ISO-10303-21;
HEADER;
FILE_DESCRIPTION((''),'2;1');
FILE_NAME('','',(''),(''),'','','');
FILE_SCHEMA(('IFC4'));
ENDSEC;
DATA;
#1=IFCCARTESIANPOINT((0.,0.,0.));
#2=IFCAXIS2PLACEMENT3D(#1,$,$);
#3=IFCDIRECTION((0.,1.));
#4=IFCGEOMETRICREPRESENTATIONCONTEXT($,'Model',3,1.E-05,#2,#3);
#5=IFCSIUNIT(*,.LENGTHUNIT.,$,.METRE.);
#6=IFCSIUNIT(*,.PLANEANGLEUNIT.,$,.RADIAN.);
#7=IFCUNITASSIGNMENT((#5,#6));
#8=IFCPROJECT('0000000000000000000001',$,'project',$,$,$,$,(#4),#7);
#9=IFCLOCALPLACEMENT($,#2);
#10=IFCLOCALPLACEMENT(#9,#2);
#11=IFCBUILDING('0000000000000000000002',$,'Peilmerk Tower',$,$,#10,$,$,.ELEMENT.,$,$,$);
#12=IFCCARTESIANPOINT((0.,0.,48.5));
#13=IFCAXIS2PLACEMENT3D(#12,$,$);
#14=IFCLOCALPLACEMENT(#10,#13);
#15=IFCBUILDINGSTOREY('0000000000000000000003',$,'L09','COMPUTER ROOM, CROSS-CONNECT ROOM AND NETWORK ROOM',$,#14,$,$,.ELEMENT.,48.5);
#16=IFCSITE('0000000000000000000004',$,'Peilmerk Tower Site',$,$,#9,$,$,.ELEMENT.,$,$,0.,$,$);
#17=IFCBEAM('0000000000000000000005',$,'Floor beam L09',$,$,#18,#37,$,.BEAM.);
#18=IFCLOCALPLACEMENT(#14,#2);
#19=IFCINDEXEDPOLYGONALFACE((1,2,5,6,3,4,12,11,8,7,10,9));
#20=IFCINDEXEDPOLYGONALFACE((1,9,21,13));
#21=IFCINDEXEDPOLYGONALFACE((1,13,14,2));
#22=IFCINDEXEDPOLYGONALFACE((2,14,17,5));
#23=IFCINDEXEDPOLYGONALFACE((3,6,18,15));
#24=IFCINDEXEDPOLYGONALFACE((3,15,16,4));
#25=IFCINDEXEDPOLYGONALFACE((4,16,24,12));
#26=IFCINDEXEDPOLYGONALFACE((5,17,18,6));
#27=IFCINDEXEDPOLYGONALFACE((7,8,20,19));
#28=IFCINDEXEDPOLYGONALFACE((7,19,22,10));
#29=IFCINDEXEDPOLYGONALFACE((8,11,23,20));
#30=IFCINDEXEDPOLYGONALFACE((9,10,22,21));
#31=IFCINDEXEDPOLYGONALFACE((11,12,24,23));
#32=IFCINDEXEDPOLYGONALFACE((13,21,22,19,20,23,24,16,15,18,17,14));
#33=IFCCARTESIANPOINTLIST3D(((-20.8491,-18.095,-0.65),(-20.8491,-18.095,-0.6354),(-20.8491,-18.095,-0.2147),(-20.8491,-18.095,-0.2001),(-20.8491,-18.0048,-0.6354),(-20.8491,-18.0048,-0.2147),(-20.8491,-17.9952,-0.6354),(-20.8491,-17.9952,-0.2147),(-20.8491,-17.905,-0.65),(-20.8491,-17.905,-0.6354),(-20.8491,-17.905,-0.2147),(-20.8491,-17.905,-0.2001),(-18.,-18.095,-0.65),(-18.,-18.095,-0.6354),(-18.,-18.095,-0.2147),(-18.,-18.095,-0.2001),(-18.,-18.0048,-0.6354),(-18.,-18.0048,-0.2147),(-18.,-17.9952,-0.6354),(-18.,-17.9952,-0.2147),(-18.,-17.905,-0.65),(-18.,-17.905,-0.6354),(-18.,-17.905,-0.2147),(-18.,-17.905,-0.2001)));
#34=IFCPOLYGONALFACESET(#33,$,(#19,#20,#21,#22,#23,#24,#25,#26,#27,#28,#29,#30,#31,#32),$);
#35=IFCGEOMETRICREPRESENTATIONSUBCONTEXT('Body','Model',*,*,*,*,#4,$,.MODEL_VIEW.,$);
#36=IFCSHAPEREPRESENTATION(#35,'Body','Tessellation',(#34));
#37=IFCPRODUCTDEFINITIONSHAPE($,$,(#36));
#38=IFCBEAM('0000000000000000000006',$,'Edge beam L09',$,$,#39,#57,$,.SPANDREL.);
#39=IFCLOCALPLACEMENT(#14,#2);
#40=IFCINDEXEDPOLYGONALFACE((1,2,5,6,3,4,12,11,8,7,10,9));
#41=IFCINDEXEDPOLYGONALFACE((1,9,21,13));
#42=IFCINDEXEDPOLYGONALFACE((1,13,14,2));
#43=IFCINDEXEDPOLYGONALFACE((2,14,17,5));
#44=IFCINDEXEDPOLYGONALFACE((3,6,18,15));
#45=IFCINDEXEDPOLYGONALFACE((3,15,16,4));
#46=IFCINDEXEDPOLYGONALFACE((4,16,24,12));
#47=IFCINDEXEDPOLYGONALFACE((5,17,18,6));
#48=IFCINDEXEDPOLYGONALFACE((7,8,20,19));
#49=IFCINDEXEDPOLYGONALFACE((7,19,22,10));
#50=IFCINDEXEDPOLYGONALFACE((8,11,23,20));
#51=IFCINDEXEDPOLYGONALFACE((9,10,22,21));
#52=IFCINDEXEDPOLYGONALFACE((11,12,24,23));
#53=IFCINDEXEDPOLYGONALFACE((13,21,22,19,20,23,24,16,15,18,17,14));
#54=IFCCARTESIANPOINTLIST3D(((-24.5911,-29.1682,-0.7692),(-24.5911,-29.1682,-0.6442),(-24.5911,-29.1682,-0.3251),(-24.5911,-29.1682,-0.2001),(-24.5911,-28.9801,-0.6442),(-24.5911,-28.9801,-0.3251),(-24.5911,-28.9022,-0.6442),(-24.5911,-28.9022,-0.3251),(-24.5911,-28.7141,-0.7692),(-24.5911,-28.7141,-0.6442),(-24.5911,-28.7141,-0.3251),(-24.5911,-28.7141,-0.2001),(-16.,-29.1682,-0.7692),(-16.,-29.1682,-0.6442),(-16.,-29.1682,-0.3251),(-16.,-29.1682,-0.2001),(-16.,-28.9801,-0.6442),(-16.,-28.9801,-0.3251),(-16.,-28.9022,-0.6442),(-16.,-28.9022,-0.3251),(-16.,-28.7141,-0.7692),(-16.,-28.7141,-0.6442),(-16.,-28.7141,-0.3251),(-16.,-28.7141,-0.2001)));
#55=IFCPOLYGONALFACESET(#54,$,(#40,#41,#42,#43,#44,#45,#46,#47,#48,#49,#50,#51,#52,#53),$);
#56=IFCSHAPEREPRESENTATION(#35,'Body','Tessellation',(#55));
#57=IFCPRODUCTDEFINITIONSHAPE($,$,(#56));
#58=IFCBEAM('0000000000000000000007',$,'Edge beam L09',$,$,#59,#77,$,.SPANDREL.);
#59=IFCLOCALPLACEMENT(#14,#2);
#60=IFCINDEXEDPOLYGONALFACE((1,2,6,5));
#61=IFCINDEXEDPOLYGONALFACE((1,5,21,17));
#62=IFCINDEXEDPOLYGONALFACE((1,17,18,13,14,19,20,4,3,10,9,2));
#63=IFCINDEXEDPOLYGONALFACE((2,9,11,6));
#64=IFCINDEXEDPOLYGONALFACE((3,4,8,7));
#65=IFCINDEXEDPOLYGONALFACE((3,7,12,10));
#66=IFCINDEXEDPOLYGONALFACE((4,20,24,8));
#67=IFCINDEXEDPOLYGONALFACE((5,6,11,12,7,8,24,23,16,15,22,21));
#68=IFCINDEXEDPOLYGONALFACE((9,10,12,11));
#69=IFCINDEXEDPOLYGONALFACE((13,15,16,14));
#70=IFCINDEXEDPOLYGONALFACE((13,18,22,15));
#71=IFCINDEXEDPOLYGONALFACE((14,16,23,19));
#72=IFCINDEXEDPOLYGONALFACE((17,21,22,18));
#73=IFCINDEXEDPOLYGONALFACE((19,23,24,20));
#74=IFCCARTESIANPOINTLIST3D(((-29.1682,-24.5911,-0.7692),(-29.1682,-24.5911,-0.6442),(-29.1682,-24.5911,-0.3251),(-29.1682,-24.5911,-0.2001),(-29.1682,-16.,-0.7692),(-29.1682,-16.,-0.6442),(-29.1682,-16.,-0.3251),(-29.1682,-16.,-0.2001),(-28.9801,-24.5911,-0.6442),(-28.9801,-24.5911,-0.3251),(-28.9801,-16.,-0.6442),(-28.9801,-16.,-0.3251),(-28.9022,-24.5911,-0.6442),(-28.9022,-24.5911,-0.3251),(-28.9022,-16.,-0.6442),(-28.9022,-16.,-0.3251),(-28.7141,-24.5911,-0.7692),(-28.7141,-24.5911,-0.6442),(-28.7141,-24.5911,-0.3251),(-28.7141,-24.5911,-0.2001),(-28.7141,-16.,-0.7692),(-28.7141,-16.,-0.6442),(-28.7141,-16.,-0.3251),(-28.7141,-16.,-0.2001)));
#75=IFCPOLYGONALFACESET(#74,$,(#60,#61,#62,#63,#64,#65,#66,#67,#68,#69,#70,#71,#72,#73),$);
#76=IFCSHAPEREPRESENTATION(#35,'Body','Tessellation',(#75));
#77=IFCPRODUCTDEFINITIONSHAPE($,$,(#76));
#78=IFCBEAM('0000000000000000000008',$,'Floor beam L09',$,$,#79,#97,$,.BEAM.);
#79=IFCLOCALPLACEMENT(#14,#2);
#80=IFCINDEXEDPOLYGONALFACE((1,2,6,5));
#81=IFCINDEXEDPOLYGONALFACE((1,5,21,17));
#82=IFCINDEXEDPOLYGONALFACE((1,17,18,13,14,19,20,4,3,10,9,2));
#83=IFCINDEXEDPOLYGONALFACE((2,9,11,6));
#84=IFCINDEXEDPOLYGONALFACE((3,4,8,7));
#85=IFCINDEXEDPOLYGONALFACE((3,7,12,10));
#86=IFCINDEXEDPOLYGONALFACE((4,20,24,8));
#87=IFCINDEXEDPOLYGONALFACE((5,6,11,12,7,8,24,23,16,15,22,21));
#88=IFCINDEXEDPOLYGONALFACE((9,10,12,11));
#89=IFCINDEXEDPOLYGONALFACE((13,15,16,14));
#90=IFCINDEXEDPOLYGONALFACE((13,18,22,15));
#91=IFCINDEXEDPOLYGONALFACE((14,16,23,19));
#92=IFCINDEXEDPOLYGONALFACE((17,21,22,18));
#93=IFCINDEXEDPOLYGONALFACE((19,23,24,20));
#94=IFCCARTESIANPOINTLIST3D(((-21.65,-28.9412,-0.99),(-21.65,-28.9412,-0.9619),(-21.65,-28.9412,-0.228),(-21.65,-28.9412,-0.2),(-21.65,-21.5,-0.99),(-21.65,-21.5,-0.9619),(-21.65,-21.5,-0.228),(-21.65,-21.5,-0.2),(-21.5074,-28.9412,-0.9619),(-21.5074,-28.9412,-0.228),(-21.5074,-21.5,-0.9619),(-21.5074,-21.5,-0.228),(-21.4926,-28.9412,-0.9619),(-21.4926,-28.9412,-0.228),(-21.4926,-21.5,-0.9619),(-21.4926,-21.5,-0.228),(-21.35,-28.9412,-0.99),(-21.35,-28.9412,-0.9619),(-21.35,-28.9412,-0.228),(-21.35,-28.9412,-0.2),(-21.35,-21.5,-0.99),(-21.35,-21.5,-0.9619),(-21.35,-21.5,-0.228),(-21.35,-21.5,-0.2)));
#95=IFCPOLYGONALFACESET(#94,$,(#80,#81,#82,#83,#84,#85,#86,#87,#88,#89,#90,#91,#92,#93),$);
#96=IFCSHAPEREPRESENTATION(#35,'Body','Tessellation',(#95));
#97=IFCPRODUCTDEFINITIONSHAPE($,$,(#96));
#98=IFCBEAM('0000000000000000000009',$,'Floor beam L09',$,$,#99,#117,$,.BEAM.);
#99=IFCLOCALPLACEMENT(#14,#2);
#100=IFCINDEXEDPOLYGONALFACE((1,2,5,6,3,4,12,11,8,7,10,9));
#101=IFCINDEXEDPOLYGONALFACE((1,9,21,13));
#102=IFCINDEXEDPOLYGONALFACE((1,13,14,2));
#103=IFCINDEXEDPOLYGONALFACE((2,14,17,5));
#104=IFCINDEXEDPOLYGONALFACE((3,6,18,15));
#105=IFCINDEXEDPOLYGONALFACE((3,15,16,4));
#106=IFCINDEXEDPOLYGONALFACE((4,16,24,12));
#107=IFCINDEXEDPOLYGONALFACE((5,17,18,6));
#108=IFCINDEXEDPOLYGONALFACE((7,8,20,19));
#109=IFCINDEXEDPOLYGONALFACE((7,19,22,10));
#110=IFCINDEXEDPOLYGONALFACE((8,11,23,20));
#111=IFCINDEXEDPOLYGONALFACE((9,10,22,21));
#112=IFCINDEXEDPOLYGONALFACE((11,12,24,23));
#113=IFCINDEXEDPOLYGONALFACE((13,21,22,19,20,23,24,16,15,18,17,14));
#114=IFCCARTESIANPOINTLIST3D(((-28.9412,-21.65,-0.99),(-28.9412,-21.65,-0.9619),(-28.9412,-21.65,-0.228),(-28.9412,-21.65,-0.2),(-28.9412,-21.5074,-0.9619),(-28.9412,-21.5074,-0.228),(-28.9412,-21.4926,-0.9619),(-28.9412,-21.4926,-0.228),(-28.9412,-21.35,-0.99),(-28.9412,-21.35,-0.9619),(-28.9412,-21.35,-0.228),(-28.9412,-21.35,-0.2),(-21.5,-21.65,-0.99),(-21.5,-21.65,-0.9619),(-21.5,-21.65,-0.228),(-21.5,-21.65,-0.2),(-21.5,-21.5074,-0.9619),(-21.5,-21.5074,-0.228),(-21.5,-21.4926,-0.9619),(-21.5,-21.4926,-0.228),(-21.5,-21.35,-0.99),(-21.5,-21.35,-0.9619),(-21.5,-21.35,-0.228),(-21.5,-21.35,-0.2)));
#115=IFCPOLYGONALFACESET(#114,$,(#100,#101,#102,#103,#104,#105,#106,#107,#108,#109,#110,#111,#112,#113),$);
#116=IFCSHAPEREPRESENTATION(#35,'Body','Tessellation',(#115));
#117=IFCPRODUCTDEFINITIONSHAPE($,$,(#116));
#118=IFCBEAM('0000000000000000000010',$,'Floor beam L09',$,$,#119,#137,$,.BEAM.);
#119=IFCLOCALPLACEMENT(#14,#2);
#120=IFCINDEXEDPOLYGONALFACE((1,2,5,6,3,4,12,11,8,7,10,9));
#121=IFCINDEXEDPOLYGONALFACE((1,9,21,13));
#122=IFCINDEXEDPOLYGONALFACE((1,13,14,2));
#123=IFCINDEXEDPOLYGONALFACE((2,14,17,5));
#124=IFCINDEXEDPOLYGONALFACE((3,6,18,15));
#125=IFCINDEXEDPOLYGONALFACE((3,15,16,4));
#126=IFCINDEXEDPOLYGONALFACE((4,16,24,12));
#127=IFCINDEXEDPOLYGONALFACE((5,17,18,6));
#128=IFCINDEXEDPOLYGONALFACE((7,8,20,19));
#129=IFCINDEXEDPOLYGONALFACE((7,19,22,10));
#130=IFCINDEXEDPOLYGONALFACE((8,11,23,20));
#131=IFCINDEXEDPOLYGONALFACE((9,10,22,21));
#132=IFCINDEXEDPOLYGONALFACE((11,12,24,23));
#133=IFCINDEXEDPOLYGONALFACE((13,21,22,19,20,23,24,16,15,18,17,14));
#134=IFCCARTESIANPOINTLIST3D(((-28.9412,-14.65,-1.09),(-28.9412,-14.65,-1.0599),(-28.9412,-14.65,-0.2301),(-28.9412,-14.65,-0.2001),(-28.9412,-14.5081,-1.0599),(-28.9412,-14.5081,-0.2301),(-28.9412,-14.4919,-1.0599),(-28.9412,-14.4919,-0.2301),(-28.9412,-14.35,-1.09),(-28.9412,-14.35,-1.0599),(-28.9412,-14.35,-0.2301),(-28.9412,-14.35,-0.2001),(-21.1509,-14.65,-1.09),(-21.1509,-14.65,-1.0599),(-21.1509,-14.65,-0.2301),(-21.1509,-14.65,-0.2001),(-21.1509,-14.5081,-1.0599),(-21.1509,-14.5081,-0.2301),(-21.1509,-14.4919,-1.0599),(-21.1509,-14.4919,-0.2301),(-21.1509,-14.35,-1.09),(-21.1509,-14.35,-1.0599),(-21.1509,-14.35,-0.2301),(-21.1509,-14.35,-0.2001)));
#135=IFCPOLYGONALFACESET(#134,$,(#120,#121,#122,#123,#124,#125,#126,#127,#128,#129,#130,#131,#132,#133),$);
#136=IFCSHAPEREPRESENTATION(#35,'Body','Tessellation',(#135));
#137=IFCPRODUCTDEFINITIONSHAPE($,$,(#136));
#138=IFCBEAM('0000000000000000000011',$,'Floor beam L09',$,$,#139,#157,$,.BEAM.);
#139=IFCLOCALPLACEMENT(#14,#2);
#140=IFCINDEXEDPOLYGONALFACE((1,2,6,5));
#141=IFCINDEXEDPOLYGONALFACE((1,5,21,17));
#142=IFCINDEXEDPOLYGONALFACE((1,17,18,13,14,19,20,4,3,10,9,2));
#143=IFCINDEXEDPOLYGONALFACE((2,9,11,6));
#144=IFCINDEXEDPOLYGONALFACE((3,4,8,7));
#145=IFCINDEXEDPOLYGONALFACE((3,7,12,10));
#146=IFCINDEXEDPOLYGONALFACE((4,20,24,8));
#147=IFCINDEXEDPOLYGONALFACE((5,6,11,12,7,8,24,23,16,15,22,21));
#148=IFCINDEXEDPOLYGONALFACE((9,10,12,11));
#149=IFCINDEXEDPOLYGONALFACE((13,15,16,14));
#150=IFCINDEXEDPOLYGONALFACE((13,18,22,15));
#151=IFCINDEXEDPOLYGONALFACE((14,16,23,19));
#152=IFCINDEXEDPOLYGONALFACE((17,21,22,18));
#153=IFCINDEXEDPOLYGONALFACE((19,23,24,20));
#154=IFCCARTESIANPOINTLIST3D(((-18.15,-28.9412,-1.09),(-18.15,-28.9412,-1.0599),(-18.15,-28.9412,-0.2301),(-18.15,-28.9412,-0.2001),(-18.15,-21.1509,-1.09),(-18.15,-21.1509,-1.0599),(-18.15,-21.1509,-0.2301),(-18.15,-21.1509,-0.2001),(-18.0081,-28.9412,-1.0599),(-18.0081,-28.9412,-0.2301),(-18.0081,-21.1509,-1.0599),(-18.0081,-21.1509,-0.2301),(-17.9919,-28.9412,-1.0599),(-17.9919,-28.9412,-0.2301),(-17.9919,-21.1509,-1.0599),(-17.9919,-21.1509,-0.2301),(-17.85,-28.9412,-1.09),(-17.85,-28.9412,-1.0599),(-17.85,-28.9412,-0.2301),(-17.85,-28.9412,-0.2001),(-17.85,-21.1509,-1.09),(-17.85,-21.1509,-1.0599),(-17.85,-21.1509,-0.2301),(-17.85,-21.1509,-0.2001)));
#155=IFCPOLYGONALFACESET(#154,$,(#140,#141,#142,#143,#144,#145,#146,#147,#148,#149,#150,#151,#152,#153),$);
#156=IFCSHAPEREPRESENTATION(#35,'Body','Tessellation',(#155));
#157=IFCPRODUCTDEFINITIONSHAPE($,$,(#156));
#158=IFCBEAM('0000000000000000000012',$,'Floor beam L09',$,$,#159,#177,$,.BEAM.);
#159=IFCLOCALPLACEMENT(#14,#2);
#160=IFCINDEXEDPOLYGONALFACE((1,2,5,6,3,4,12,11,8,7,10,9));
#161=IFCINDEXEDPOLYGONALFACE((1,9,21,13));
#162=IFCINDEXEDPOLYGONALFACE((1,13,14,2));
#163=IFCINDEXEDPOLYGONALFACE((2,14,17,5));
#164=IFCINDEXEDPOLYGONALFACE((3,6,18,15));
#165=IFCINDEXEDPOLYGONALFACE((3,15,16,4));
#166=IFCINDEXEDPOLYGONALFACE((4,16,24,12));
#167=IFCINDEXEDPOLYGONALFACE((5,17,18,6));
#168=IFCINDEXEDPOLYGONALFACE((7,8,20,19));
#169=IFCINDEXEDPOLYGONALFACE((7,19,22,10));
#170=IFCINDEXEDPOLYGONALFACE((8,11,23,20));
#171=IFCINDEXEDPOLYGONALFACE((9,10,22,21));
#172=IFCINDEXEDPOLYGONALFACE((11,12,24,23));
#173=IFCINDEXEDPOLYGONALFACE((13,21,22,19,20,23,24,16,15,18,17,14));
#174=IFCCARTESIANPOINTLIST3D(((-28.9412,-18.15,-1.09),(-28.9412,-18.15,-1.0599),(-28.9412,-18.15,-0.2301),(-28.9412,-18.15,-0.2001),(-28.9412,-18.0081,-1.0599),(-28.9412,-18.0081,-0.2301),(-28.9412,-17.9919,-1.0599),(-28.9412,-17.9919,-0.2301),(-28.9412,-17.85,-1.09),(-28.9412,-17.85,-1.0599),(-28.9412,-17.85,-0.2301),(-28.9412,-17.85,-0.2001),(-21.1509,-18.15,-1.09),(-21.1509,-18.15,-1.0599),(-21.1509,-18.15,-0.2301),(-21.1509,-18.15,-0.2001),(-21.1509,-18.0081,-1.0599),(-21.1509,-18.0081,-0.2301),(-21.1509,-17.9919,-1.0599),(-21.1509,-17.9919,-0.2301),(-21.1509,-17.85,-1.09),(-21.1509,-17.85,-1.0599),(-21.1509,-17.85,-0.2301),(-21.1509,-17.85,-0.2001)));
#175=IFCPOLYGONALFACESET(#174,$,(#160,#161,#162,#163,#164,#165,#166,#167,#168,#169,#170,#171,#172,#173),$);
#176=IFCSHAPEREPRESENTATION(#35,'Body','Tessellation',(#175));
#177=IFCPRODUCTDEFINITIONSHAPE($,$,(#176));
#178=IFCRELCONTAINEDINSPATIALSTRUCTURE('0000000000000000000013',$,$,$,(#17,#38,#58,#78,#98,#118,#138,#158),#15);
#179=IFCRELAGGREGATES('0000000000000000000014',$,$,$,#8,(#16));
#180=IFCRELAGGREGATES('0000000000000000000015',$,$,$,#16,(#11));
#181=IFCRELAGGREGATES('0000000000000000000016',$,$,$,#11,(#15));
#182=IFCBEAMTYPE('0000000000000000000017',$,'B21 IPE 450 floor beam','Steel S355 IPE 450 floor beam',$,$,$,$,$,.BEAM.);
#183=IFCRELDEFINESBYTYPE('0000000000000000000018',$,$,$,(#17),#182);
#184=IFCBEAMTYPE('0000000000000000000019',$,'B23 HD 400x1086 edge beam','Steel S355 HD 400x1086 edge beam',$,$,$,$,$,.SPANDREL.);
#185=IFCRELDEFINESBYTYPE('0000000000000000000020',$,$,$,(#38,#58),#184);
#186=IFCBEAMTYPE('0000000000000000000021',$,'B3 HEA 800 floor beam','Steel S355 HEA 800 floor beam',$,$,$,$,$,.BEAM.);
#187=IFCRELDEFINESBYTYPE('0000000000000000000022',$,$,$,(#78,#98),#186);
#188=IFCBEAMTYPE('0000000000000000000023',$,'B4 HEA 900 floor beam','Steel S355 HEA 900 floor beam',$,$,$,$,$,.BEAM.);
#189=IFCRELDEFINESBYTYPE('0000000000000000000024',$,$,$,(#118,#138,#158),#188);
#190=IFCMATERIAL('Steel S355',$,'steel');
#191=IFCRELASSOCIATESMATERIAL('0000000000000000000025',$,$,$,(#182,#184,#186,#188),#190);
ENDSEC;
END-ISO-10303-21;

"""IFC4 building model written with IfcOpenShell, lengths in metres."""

from ifc_helpers import new_model, si_unit, direction, frame, origin, origin_2d, place, context, subcontext, project, spatial, i_section, extrude, material, material_profile, profile_set, type_object, element, save


model = new_model("IFC4")

# Units and contexts
model_context = context("Model", 3, precision=1e-05, world=origin(), true_north=direction((0.0, 1.0)))
body_context = subcontext(model_context, "Body", "Model", "MODEL_VIEW")
ifc_project = project(units=[si_unit("LENGTHUNIT", "METRE"), si_unit("PLANEANGLEUNIT", "RADIAN")], contexts=[model_context])

# Site, building, storey
site_placement = place(None, origin())
site = spatial("IfcSite", under=ifc_project, at=site_placement, Name="Peilmerk Tower Site", CompositionType="ELEMENT", RefElevation=0.0)
building_placement = place(site_placement, origin())
building = spatial("IfcBuilding", under=site, at=building_placement, Name="Peilmerk Tower", CompositionType="ELEMENT")
storey_placement = place(building_placement, frame((0.0, 0.0, 48.5)))
storey = spatial("IfcBuildingStorey", under=building, at=storey_placement, Name="L09", Description="COMPUTER ROOM, CROSS-CONNECT ROOM AND NETWORK ROOM", CompositionType="ELEMENT", Elevation=48.5)

# Beams
ifc_material_1 = material(Name="Steel S355", Category="steel")
ifc_material_profile_1 = material_profile(ifc_material_1, i_section(OverallWidth=0.1899, OverallDepth=0.45, WebThickness=0.0095, FlangeThickness=0.0146, at=origin_2d()), Name="IPE 450")
ifc_profile_set_1 = profile_set([ifc_material_profile_1], Name="Steel S355")
beam_type_1 = type_object("IfcBeamType", Name="B21 IPE 450 floor beam", Description="Steel S355 IPE 450 floor beam", PredefinedType="BEAM", material=ifc_profile_set_1)
for number, where, z_axis, x_axis, name in (
    (1, (-18.0, -18.0, -0.425), (-1.0, 0.0, 0.0), (0.0, -1.0, 0.0), "Floor beam L09"),
):
    element("IfcBeam", number, at=place(storey_placement, frame(where, z_axis=z_axis, x_axis=x_axis)), inside=storey, type_object=beam_type_1, Name=name, PredefinedType="BEAM", context=body_context, shape_type="SweptSolid", body=[
        extrude(i_section(OverallWidth=0.1899, OverallDepth=0.45, WebThickness=0.0095, FlangeThickness=0.0146, at=origin_2d()), origin(), (0.0, 0.0, 1.0), 2.8491),
    ])
ifc_material_profile_2 = material_profile(ifc_material_1, i_section(OverallWidth=0.4541, OverallDepth=0.5691, WebThickness=0.0779, FlangeThickness=0.125, at=origin_2d()), Name="HD 400x1086")
ifc_profile_set_2 = profile_set([ifc_material_profile_2], Name="Steel S355")
beam_type_2 = type_object("IfcBeamType", Name="B23 HD 400x1086 edge beam", Description="Steel S355 HD 400x1086 edge beam", PredefinedType="SPANDREL", material=ifc_profile_set_2)
for number, where, z_axis, x_axis, name in (
    (2, (-24.5911, -28.9412, -0.4846), (1.0, 0.0, 0.0), (0.0, 1.0, 0.0), "Edge beam L09"),
    (3, (-28.9412, -16.0, -0.4846), (0.0, -1.0, 0.0), (1.0, 0.0, 0.0), "Edge beam L09"),
):
    element("IfcBeam", number, at=place(storey_placement, frame(where, z_axis=z_axis, x_axis=x_axis)), inside=storey, type_object=beam_type_2, Name=name, PredefinedType="SPANDREL", context=body_context, shape_type="SweptSolid", body=[
        extrude(i_section(OverallWidth=0.4541, OverallDepth=0.5691, WebThickness=0.0779, FlangeThickness=0.125, at=origin_2d()), origin(), (0.0, 0.0, 1.0), 8.5911),
    ])
ifc_material_profile_3 = material_profile(ifc_material_1, i_section(OverallWidth=0.3, OverallDepth=0.79, WebThickness=0.0149, FlangeThickness=0.0281, at=origin_2d()), Name="HEA 800")
ifc_profile_set_3 = profile_set([ifc_material_profile_3], Name="Steel S355")
beam_type_3 = type_object("IfcBeamType", Name="B3 HEA 800 floor beam", Description="Steel S355 HEA 800 floor beam", PredefinedType="BEAM", material=ifc_profile_set_3)
for number, where, z_axis, x_axis, name in (
    (4, (-21.5, -21.5, -0.595), (0.0, -1.0, 0.0), (1.0, 0.0, 0.0), "Floor beam L09"),
    (5, (-21.5, -21.5, -0.595), (-1.0, 0.0, 0.0), (0.0, -1.0, 0.0), "Floor beam L09"),
):
    element("IfcBeam", number, at=place(storey_placement, frame(where, z_axis=z_axis, x_axis=x_axis)), inside=storey, type_object=beam_type_3, Name=name, PredefinedType="BEAM", context=body_context, shape_type="SweptSolid", body=[
        extrude(i_section(OverallWidth=0.3, OverallDepth=0.79, WebThickness=0.0149, FlangeThickness=0.0281, at=origin_2d()), origin(), (0.0, 0.0, 1.0), 7.4412),
    ])
ifc_material_profile_4 = material_profile(ifc_material_1, i_section(OverallWidth=0.3, OverallDepth=0.8899, WebThickness=0.0161, FlangeThickness=0.03, at=origin_2d()), Name="HEA 900")
ifc_profile_set_4 = profile_set([ifc_material_profile_4], Name="Steel S355")
beam_type_4 = type_object("IfcBeamType", Name="B4 HEA 900 floor beam", Description="Steel S355 HEA 900 floor beam", PredefinedType="BEAM", material=ifc_profile_set_4)
for number, where, z_axis, x_axis, name in (
    (6, (-21.1509, -14.5, -0.645), (-1.0, 0.0, 0.0), (0.0, -1.0, 0.0), "Floor beam L09"),
    (7, (-18.0, -21.1509, -0.645), (0.0, -1.0, 0.0), (1.0, 0.0, 0.0), "Floor beam L09"),
    (8, (-21.1509, -18.0, -0.645), (-1.0, 0.0, 0.0), (0.0, -1.0, 0.0), "Floor beam L09"),
):
    element("IfcBeam", number, at=place(storey_placement, frame(where, z_axis=z_axis, x_axis=x_axis)), inside=storey, type_object=beam_type_4, Name=name, PredefinedType="BEAM", context=body_context, shape_type="SweptSolid", body=[
        extrude(i_section(OverallWidth=0.3, OverallDepth=0.8899, WebThickness=0.0161, FlangeThickness=0.03, at=origin_2d()), origin(), (0.0, 0.0, 1.0), 7.7903),
    ])

save(model, "model.ifc")
